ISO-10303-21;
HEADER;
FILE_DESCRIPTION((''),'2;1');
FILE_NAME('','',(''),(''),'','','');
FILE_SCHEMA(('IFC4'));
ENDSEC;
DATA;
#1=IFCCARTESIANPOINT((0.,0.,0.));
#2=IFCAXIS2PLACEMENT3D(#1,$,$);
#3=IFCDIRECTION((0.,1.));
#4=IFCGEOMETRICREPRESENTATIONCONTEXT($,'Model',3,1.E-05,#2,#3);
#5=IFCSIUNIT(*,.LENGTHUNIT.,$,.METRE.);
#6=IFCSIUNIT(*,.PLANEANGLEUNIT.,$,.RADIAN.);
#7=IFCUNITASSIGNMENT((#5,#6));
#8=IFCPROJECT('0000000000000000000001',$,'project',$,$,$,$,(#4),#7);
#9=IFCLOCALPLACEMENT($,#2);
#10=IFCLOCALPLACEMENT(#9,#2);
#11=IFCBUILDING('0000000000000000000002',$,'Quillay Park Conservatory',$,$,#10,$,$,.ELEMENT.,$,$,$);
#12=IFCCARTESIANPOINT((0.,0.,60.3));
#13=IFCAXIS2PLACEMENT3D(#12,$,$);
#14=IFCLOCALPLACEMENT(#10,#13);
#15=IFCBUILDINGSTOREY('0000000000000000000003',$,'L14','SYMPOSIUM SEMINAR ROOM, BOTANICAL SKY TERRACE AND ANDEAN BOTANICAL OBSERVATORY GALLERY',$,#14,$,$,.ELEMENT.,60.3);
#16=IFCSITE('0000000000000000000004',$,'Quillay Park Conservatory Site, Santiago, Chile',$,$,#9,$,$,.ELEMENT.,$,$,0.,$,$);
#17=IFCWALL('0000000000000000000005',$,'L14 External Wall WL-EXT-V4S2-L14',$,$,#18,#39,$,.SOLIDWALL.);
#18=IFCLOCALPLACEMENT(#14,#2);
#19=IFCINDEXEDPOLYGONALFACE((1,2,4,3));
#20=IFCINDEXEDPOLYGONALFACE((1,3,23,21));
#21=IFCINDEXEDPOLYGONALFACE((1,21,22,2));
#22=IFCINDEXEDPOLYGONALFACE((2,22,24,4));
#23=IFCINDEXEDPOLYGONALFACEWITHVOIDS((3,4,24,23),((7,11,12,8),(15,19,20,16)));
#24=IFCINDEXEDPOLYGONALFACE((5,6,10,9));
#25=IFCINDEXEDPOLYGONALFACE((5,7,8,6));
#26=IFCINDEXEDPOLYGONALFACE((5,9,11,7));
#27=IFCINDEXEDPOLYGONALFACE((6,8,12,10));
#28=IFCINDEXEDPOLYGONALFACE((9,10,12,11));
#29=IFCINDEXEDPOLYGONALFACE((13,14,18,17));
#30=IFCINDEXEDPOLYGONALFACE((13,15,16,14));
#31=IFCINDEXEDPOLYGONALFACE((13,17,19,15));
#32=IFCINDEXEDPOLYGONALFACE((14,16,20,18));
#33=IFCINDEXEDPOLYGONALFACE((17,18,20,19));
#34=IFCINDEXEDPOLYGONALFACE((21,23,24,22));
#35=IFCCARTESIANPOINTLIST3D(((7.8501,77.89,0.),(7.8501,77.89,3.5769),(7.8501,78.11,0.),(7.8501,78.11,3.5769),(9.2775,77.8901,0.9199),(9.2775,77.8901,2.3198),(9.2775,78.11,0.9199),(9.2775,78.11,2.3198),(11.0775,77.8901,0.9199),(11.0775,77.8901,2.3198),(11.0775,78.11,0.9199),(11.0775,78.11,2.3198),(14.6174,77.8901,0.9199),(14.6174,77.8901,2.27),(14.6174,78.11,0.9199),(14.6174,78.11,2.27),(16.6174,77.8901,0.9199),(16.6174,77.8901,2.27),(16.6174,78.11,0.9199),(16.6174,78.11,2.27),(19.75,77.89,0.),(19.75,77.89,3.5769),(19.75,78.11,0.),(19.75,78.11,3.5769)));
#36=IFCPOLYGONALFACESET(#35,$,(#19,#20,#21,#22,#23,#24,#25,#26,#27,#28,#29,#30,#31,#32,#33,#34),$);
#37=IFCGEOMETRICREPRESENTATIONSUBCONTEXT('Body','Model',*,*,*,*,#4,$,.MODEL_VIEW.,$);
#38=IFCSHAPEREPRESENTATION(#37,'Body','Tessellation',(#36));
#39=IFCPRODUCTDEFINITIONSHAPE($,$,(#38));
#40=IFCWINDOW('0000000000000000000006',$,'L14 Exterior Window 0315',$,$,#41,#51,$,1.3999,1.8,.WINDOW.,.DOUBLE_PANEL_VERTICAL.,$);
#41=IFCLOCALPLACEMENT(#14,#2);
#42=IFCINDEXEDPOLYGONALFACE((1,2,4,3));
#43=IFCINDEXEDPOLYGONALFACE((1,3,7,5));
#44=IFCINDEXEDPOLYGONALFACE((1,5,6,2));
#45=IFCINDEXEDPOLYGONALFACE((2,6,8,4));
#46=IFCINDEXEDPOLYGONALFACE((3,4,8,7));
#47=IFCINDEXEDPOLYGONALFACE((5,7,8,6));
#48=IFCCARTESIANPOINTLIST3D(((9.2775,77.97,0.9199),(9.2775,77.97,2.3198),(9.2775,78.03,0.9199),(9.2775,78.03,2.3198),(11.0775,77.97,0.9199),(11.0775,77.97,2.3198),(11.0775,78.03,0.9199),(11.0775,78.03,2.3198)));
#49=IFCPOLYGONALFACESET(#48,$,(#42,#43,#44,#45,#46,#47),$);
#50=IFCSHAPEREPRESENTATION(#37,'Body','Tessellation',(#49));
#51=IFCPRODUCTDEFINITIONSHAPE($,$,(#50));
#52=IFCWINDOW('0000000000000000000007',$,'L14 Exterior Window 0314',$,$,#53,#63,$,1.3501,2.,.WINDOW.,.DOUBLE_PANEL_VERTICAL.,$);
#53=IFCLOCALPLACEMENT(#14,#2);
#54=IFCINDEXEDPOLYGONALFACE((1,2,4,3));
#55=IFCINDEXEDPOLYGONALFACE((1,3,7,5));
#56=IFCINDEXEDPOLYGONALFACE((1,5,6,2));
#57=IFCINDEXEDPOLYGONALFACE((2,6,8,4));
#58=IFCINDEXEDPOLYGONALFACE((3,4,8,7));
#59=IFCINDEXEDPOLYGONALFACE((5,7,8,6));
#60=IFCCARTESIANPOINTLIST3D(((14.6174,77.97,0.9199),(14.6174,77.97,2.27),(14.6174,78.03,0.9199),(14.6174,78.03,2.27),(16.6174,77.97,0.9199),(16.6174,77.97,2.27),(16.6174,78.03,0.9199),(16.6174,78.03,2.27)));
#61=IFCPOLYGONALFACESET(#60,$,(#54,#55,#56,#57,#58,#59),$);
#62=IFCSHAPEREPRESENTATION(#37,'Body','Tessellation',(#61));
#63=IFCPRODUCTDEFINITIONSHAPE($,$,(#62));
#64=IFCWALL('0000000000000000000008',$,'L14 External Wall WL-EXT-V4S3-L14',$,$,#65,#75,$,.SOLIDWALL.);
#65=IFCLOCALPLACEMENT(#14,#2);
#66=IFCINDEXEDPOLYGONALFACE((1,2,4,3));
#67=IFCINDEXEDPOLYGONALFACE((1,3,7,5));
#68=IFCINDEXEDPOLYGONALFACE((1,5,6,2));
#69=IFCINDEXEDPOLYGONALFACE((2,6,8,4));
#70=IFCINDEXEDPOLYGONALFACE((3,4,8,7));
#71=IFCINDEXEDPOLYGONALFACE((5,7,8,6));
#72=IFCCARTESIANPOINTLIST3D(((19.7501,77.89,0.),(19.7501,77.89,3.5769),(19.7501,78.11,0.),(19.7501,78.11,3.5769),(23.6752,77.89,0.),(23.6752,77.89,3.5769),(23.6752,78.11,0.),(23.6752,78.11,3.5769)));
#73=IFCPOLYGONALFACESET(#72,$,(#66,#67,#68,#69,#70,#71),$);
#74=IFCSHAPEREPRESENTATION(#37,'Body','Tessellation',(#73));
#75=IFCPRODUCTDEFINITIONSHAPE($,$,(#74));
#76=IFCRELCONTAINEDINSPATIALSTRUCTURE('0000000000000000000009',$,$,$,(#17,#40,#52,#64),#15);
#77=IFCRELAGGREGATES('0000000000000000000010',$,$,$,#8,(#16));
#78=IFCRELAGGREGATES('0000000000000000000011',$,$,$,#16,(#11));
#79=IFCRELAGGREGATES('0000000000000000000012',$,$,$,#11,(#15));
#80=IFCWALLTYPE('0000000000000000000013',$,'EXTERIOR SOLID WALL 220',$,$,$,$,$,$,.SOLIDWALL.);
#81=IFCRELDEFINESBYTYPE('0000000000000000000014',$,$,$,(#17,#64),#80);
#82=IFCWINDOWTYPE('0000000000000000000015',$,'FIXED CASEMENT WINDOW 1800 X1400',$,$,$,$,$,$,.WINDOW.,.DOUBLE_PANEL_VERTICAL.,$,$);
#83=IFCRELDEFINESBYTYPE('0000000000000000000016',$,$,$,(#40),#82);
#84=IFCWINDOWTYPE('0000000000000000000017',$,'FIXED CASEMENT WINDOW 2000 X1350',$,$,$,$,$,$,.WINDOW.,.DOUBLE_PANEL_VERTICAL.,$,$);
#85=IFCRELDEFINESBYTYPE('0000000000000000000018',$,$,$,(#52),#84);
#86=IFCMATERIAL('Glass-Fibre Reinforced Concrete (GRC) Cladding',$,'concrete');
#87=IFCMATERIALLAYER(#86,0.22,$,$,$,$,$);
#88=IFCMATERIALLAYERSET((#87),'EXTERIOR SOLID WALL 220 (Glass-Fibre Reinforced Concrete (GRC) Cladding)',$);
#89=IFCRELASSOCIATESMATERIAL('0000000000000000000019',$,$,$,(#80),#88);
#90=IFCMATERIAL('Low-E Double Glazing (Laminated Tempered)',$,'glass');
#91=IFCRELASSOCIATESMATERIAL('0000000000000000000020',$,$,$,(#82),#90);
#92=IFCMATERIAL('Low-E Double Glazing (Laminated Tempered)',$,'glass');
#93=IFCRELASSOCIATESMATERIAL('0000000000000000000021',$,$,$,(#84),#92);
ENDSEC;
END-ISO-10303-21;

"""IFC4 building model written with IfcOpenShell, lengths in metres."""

from ifc_helpers import new_model, si_unit, direction, frame, frame_2d, origin, place, context, subcontext, project, spatial, rectangle, extrude, material, layer, layer_set, type_object, element, fill, save


model = new_model("IFC4")

# Units and contexts
model_context = context("Model", 3, precision=1e-05, world=origin(), true_north=direction((0.0, 1.0)))
body_context = subcontext(model_context, "Body", "Model", "MODEL_VIEW")
ifc_project = project(units=[si_unit("LENGTHUNIT", "METRE"), si_unit("PLANEANGLEUNIT", "RADIAN")], contexts=[model_context])

# Site, building, storey
site_placement = place(None, origin())
site = spatial("IfcSite", under=ifc_project, at=site_placement, Name="Quillay Park Conservatory Site, Santiago, Chile", CompositionType="ELEMENT", RefElevation=0.0)
building_placement = place(site_placement, origin())
building = spatial("IfcBuilding", under=site, at=building_placement, Name="Quillay Park Conservatory", CompositionType="ELEMENT")
storey_placement = place(building_placement, frame((0.0, 0.0, 60.3)))
storey = spatial("IfcBuildingStorey", under=building, at=storey_placement, Name="L14", Description="SYMPOSIUM SEMINAR ROOM, BOTANICAL SKY TERRACE AND ANDEAN BOTANICAL OBSERVATORY GALLERY", CompositionType="ELEMENT", Elevation=60.3)

# Shared definitions
ifc_material_1 = material(Name="Glass-Fibre Reinforced Concrete (GRC) Cladding", Category="concrete")
ifc_layer_1 = layer(ifc_material_1, 0.22)
ifc_layer_set_1 = layer_set([ifc_layer_1], Name="EXTERIOR SOLID WALL 220 (Glass-Fibre Reinforced Concrete (GRC) Cladding)")
wall_type_1 = type_object("IfcWallType", Name="EXTERIOR SOLID WALL 220", PredefinedType="SOLIDWALL", material=ifc_layer_set_1)

# Wall, openings, windows
wall_1_placement = place(storey_placement, frame((19.75, 78.0, 0.0), z_axis=(0.0, 0.0, 1.0), x_axis=(-1.0, 0.0, 0.0)))
wall_1 = element("IfcWall", 1, at=wall_1_placement, inside=storey, type_object=wall_type_1, Name="L14 External Wall WL-EXT-V4S2-L14", PredefinedType="SOLIDWALL", context=body_context, shape_type="SweptSolid", body=[
    extrude(rectangle(XDim=11.8999, YDim=0.22, at=frame_2d((5.95, 0.0))), origin(), (0.0, 0.0, 1.0), 3.5769),
])
opening_1_placement = place(wall_1_placement, frame((3.1326, 0.0, 0.9199)))
opening_1 = element("IfcOpeningElement", 2, at=opening_1_placement, cuts=wall_1, PredefinedType="OPENING", context=body_context, shape_type="SweptSolid", body=[
    extrude(rectangle(XDim=2.0, YDim=1.3501, at=frame_2d((1.0, 0.675))), frame((0.0, 0.1099, 0.0), z_axis=(0.0, -1.0, 0.0), x_axis=(1.0, 0.0, 0.0)), (0.0, 0.0, 1.0), 0.22),
])
opening_2_placement = place(wall_1_placement, frame((8.6726, 0.0, 0.9199)))
opening_2 = element("IfcOpeningElement", 3, at=opening_2_placement, cuts=wall_1, PredefinedType="OPENING", context=body_context, shape_type="SweptSolid", body=[
    extrude(rectangle(XDim=1.8, YDim=1.3999, at=frame_2d((0.8999, 0.7))), frame((0.0, 0.1099, 0.0), z_axis=(0.0, -1.0, 0.0), x_axis=(1.0, 0.0, 0.0)), (0.0, 0.0, 1.0), 0.22),
])
ifc_material_2 = material(Name="Low-E Double Glazing (Laminated Tempered)", Category="glass")
window_type_1 = type_object("IfcWindowType", Name="FIXED CASEMENT WINDOW 1800 X1400", PartitioningType="DOUBLE_PANEL_VERTICAL", PredefinedType="WINDOW", material=ifc_material_2)
window_1_placement = place(opening_2_placement, origin())
window_1 = element("IfcWindow", 4, at=window_1_placement, inside=storey, type_object=window_type_1, Name="L14 Exterior Window 0315", OverallHeight=1.3999, OverallWidth=1.8, PartitioningType="DOUBLE_PANEL_VERTICAL", PredefinedType="WINDOW", context=body_context, shape_type="SweptSolid", body=[
    extrude(rectangle(XDim=1.8, YDim=1.3999, at=frame_2d((0.8999, 0.7))), frame((0.0, 0.03, 0.0), z_axis=(0.0, -1.0, 0.0), x_axis=(1.0, 0.0, 0.0)), (0.0, 0.0, 1.0), 0.0601),
])
fill(opening_2, window_1)
ifc_material_3 = material(Name="Low-E Double Glazing (Laminated Tempered)", Category="glass")
window_type_2 = type_object("IfcWindowType", Name="FIXED CASEMENT WINDOW 2000 X1350", PartitioningType="DOUBLE_PANEL_VERTICAL", PredefinedType="WINDOW", material=ifc_material_3)
window_2_placement = place(opening_1_placement, origin())
window_2 = element("IfcWindow", 5, at=window_2_placement, inside=storey, type_object=window_type_2, Name="L14 Exterior Window 0314", OverallHeight=1.3501, OverallWidth=2.0, PartitioningType="DOUBLE_PANEL_VERTICAL", PredefinedType="WINDOW", context=body_context, shape_type="SweptSolid", body=[
    extrude(rectangle(XDim=2.0, YDim=1.3501, at=frame_2d((1.0, 0.675))), frame((0.0, 0.03, 0.0), z_axis=(0.0, -1.0, 0.0), x_axis=(1.0, 0.0, 0.0)), (0.0, 0.0, 1.0), 0.0601),
])
fill(opening_1, window_2)

# Wall
wall_2_placement = place(storey_placement, frame((23.675, 78.0, 0.0), z_axis=(0.0, 0.0, 1.0), x_axis=(-1.0, 0.0, 0.0)))
element("IfcWall", 6, at=wall_2_placement, inside=storey, type_object=wall_type_1, Name="L14 External Wall WL-EXT-V4S3-L14", PredefinedType="SOLIDWALL", context=body_context, shape_type="SweptSolid", body=[
    extrude(rectangle(XDim=3.925, YDim=0.22, at=frame_2d((1.9624, 0.0))), origin(), (0.0, 0.0, 1.0), 3.5769),
])

save(model, "model.ifc")
